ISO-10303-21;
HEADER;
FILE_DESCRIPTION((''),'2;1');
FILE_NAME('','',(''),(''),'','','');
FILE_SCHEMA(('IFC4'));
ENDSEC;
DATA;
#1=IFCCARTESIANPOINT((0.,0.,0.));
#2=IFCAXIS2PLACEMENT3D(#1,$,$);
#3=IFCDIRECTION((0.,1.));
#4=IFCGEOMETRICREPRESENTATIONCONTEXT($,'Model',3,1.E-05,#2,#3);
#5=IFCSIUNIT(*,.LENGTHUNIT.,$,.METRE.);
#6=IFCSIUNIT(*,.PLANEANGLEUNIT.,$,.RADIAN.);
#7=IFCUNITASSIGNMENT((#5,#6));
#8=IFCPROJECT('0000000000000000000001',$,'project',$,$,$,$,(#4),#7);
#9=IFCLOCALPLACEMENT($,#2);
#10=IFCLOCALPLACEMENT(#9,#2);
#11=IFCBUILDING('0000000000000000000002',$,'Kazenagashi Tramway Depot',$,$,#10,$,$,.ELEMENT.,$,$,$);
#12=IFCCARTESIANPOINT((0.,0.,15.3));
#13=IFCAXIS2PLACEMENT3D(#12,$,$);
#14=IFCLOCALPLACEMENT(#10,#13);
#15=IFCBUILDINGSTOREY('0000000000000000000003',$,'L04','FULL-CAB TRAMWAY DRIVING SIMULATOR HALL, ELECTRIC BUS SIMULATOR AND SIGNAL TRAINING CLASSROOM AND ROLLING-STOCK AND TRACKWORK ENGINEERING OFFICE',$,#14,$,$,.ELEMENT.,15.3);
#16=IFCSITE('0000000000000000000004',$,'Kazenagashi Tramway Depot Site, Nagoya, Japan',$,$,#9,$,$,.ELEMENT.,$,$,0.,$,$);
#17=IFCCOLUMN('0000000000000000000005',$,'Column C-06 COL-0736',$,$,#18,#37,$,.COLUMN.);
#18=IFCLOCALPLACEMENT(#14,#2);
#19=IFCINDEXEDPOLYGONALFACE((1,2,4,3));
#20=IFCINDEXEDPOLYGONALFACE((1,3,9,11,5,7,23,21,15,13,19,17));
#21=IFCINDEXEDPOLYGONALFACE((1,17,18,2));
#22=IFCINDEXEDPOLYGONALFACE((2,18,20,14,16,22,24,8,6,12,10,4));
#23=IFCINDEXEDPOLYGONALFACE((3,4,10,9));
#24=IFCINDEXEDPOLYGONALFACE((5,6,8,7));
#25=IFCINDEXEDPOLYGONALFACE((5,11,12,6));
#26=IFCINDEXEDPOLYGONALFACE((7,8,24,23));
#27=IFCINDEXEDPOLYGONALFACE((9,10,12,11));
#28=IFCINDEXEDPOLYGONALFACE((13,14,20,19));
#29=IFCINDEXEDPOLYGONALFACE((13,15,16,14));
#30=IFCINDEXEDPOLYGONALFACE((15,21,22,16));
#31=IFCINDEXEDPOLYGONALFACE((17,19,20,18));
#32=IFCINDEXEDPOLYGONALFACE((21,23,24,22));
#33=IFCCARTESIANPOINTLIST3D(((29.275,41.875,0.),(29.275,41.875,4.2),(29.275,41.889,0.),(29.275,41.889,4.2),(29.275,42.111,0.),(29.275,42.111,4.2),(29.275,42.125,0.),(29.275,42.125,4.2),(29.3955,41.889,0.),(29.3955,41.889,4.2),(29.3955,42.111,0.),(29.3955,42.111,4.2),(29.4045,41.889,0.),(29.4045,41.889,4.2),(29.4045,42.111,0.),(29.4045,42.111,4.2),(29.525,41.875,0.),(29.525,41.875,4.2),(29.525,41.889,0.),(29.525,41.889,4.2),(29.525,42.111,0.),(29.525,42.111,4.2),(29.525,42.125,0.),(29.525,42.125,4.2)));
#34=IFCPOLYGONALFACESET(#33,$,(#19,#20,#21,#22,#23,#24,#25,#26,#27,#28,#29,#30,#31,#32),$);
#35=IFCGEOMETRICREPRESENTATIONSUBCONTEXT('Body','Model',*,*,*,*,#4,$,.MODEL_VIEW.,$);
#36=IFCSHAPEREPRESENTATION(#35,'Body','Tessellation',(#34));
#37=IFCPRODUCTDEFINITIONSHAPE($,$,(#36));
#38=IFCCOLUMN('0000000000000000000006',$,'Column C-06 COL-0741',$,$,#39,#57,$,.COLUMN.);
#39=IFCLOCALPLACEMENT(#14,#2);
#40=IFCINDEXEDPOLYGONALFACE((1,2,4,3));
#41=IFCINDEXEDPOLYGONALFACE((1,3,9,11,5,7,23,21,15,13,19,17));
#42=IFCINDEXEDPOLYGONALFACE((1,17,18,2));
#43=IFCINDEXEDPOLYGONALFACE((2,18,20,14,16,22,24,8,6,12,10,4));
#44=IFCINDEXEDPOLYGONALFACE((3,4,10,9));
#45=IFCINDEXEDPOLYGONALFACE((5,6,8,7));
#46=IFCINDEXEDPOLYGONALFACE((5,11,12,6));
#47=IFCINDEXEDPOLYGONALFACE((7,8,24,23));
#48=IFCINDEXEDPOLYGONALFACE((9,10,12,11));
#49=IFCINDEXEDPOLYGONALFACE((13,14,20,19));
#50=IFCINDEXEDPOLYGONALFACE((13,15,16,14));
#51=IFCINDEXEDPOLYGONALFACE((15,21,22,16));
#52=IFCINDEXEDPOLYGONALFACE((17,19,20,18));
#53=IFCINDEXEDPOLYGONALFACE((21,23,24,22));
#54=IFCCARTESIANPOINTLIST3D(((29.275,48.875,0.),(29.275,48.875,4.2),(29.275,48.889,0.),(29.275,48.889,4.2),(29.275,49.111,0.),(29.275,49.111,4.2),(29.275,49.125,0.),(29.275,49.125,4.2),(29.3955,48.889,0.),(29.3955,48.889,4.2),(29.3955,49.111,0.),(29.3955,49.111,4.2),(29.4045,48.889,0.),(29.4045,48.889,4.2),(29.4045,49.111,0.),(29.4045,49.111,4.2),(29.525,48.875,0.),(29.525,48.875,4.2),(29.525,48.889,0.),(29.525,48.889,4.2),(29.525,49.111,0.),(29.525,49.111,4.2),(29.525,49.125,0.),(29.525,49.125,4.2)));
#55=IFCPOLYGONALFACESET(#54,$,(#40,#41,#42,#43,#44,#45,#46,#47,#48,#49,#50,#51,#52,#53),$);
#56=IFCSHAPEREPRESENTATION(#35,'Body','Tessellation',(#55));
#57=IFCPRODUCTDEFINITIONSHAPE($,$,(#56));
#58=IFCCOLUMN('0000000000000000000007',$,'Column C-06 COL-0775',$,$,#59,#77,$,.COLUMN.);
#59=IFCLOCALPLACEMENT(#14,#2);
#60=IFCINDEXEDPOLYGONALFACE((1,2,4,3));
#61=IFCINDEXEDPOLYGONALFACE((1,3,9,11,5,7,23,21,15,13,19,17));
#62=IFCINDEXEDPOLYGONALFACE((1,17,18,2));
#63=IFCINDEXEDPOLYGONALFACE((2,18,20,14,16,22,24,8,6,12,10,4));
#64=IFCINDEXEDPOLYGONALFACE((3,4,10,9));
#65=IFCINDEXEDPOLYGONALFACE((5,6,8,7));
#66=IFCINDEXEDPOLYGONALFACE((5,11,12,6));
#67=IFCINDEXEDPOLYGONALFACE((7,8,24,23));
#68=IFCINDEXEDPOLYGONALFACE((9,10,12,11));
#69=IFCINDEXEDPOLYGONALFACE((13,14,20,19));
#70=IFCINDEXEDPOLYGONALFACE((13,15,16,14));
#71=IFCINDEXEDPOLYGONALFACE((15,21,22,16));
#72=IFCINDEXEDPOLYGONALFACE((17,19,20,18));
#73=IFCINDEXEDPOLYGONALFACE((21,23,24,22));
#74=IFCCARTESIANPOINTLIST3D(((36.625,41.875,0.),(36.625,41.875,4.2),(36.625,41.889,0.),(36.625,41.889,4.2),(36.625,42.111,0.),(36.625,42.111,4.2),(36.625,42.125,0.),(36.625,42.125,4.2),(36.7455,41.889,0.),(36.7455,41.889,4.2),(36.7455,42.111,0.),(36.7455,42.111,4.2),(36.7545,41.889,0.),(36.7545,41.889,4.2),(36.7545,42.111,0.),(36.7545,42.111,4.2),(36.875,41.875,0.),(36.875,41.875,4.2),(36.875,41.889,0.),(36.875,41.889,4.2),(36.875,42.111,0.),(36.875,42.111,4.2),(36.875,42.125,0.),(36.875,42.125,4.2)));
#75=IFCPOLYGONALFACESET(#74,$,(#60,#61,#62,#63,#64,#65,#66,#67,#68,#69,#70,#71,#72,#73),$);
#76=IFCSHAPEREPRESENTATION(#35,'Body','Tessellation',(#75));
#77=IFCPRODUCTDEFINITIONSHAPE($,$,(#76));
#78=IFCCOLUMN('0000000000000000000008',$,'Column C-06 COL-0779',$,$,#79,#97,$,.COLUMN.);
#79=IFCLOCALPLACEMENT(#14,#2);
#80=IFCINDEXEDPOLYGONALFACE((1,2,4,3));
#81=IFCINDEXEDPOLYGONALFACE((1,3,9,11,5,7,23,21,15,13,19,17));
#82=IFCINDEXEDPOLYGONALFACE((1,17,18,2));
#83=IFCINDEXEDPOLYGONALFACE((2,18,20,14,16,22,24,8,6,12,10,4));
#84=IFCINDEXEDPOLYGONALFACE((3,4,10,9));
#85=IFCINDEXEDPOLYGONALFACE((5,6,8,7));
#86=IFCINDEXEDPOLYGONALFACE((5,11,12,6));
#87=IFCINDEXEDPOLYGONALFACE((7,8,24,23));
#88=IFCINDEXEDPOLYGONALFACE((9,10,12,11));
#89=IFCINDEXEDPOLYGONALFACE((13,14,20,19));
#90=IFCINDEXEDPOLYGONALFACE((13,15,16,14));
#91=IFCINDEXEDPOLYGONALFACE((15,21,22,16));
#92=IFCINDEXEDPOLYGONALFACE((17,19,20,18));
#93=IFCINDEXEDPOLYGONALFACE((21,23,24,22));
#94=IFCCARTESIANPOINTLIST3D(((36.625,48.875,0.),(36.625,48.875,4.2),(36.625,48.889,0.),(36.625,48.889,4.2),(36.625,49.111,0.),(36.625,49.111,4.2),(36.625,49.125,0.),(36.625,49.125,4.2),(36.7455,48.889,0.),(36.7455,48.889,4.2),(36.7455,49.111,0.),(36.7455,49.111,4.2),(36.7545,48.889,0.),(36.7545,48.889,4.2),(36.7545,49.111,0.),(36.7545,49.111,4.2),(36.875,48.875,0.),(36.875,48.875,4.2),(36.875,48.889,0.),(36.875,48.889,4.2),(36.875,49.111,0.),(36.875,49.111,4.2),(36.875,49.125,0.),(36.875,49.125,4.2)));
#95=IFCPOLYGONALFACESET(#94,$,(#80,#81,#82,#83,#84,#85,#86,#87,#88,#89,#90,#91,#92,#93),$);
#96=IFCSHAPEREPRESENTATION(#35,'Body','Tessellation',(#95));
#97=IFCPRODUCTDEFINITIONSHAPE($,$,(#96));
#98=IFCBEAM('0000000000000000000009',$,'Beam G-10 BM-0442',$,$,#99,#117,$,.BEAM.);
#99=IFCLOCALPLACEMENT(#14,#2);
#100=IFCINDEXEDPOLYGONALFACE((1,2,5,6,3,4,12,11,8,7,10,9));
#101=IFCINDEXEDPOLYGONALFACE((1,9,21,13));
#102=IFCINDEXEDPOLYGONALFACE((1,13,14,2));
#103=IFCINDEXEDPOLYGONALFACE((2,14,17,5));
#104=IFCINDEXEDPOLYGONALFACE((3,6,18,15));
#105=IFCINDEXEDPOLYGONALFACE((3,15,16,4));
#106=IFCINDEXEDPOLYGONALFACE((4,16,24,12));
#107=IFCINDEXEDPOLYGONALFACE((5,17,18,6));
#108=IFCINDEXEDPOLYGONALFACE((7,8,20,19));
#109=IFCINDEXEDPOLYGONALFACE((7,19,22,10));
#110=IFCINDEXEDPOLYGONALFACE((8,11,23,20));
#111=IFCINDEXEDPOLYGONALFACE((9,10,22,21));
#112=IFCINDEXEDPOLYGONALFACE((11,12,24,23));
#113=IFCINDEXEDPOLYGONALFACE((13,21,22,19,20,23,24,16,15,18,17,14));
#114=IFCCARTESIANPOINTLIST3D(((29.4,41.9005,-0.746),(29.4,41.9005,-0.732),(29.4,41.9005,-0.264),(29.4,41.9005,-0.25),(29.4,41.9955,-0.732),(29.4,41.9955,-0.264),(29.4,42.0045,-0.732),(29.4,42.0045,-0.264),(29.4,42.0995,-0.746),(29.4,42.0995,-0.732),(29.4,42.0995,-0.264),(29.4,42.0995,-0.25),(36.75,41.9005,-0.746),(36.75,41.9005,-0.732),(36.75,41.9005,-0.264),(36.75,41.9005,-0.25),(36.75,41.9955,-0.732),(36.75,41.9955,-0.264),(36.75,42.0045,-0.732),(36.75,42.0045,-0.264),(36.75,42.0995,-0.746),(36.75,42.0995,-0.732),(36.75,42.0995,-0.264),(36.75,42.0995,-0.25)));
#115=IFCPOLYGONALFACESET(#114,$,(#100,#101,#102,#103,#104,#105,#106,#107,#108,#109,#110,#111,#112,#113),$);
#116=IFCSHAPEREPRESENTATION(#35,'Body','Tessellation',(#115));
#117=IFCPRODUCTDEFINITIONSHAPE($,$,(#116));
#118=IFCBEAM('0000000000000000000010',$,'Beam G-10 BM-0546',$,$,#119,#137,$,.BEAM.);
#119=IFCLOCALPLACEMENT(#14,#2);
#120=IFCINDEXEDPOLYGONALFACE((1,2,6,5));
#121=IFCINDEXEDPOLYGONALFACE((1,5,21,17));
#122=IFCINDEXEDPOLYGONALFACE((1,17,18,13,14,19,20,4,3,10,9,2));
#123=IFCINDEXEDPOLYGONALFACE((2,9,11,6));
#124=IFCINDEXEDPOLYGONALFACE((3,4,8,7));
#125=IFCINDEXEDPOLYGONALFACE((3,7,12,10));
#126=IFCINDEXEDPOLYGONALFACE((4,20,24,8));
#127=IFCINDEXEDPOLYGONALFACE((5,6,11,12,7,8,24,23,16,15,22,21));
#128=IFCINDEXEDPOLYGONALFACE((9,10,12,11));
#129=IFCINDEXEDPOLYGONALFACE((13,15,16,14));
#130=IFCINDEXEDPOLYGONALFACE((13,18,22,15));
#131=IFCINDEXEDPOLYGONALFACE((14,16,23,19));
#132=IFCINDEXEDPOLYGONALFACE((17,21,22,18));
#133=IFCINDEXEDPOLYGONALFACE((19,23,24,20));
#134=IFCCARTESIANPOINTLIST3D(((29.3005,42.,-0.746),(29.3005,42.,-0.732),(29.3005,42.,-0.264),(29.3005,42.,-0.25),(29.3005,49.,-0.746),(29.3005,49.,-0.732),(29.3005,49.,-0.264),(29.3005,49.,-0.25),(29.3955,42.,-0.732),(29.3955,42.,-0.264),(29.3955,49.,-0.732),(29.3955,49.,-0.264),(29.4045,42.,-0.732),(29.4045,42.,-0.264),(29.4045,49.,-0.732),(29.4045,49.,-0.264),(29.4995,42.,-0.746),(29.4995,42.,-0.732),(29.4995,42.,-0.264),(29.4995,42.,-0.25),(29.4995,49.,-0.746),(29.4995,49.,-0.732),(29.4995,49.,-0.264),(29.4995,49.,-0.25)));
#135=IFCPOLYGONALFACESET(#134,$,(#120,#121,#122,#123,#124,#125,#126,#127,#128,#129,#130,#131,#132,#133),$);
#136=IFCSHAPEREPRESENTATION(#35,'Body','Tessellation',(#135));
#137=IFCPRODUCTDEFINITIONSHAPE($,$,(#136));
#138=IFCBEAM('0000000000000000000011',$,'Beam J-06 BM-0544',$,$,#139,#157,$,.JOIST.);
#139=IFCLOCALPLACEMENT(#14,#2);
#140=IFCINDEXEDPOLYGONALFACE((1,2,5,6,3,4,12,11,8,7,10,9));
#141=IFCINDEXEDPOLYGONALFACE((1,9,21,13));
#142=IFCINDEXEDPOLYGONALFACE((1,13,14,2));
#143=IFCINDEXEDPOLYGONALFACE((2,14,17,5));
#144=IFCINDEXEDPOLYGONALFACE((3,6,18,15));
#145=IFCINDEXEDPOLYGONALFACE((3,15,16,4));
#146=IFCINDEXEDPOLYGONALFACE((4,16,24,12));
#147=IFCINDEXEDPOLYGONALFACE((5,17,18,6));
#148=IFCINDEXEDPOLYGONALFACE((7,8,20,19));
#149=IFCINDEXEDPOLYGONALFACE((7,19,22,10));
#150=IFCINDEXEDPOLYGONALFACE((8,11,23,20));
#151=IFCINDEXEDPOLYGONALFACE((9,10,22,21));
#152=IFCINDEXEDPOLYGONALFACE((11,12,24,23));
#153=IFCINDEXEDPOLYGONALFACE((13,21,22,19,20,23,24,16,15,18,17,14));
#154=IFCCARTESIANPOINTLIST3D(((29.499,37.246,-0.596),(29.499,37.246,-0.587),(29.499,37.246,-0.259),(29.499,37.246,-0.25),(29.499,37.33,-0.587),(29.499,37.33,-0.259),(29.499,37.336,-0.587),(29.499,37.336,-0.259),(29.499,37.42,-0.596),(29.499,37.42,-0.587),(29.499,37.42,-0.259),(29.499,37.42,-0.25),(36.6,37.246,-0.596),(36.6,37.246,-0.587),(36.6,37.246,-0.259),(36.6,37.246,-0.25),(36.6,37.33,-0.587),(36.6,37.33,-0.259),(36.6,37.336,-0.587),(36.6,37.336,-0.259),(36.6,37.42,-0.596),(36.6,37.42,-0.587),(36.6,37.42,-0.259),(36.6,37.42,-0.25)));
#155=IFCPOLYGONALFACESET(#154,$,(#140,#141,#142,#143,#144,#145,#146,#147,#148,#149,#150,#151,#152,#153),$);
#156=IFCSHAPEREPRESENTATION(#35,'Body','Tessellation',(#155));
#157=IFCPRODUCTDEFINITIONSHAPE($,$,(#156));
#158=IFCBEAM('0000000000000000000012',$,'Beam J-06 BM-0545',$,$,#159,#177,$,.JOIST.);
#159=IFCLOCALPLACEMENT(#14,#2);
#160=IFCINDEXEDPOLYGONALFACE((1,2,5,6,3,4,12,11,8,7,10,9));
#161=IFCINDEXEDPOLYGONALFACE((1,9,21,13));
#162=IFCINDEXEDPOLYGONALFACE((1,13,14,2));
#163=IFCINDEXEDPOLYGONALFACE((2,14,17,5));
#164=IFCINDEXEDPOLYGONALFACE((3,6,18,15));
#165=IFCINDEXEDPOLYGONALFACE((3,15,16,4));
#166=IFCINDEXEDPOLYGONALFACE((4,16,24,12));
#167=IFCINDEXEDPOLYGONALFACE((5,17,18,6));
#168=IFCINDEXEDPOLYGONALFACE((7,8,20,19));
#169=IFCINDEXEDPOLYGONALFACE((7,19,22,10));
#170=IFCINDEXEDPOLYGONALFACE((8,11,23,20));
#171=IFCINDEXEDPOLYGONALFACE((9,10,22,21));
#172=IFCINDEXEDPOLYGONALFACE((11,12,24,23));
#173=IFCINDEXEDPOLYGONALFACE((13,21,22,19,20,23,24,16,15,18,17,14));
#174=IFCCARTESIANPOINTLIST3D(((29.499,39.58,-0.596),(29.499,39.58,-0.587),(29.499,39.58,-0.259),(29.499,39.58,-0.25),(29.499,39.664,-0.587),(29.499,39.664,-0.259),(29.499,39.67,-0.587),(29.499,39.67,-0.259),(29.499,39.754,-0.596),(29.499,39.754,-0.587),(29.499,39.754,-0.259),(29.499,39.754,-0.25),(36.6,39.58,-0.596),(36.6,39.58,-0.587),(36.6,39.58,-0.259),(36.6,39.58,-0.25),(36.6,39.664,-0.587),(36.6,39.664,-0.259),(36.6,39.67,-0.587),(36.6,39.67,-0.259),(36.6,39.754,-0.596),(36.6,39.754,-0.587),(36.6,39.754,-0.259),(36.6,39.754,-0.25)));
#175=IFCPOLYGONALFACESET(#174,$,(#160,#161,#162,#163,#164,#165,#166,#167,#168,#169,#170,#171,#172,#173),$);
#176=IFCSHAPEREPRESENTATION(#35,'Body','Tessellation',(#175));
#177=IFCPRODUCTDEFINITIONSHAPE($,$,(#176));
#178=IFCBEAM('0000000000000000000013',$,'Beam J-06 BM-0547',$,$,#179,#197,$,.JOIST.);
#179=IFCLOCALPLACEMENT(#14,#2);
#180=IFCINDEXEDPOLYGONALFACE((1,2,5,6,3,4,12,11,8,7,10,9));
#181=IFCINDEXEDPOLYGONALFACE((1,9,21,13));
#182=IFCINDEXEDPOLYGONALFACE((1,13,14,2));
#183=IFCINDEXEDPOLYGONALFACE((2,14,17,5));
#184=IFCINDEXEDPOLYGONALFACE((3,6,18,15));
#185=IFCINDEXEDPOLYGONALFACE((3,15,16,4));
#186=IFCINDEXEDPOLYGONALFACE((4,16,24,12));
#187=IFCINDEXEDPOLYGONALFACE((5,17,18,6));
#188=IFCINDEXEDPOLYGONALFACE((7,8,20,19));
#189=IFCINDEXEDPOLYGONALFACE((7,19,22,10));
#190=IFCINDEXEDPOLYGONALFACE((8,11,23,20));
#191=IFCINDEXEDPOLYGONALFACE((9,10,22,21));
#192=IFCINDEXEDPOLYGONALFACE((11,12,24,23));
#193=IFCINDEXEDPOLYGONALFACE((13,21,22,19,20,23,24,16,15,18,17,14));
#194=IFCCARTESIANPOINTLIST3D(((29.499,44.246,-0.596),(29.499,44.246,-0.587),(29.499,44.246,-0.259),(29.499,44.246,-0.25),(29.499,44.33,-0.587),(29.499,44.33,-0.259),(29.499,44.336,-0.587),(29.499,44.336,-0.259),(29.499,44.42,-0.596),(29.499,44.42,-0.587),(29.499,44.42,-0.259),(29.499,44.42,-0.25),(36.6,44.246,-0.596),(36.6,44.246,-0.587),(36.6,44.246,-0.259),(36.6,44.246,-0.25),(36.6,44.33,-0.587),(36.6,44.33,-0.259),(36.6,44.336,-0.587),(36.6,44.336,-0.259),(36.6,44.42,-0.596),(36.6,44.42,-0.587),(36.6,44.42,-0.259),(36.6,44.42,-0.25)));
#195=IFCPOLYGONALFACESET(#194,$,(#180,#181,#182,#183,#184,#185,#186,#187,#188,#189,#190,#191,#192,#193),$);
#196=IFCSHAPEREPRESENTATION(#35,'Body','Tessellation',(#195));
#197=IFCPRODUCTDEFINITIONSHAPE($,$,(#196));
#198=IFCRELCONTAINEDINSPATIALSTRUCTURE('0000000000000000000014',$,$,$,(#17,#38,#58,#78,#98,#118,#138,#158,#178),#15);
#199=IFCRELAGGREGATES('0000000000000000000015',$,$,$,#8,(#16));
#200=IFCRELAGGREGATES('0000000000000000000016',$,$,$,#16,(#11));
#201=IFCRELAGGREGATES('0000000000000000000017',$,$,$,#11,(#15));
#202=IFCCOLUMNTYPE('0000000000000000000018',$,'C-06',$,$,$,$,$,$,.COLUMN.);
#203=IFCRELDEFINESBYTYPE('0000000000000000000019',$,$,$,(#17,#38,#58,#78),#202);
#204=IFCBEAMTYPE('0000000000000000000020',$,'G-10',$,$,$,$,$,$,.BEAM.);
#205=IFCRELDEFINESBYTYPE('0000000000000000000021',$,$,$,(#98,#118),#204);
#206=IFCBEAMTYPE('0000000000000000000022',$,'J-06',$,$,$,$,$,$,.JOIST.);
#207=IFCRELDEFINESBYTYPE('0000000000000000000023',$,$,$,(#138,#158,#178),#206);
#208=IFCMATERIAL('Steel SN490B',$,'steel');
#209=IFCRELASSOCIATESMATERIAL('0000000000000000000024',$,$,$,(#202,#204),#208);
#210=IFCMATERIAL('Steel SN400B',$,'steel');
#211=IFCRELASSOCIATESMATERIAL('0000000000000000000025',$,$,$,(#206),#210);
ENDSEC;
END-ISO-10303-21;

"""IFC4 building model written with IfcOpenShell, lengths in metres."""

from ifc_helpers import new_model, si_unit, direction, frame, origin, origin_2d, place, context, subcontext, project, spatial, i_section, extrude, material, material_profile, profile_set, type_object, element, save


model = new_model("IFC4")

# Units and contexts
model_context = context("Model", 3, precision=1e-05, world=origin(), true_north=direction((0.0, 1.0)))
body_context = subcontext(model_context, "Body", "Model", "MODEL_VIEW")
ifc_project = project(units=[si_unit("LENGTHUNIT", "METRE"), si_unit("PLANEANGLEUNIT", "RADIAN")], contexts=[model_context])

# Site, building, storey
site_placement = place(None, origin())
site = spatial("IfcSite", under=ifc_project, at=site_placement, Name="Kazenagashi Tramway Depot Site, Nagoya, Japan", CompositionType="ELEMENT", RefElevation=0.0)
building_placement = place(site_placement, origin())
building = spatial("IfcBuilding", under=site, at=building_placement, Name="Kazenagashi Tramway Depot", CompositionType="ELEMENT")
storey_placement = place(building_placement, frame((0.0, 0.0, 15.3)))
storey = spatial("IfcBuildingStorey", under=building, at=storey_placement, Name="L04", Description="FULL-CAB TRAMWAY DRIVING SIMULATOR HALL, ELECTRIC BUS SIMULATOR AND SIGNAL TRAINING CLASSROOM AND ROLLING-STOCK AND TRACKWORK ENGINEERING OFFICE", CompositionType="ELEMENT", Elevation=15.3)

# Columns
ifc_material_1 = material(Name="Steel SN490B", Category="steel")
ifc_material_profile_1 = material_profile(ifc_material_1, i_section(OverallWidth=0.25, OverallDepth=0.25, WebThickness=0.009, FlangeThickness=0.014, at=origin_2d()), Name="H-250x250x9x14")
ifc_profile_set_1 = profile_set([ifc_material_profile_1], Name="Steel SN490B")
column_type = type_object("IfcColumnType", Name="C-06", PredefinedType="COLUMN", material=ifc_profile_set_1)
for number, where, z_axis, x_axis, name in (
    (1, (29.4, 42.0, 0.0), (0.0, 0.0, 1.0), (1.0, 0.0, 0.0), "Column C-06 COL-0736"),
    (2, (29.4, 49.0, 0.0), (0.0, 0.0, 1.0), (1.0, 0.0, 0.0), "Column C-06 COL-0741"),
    (3, (36.75, 42.0, 0.0), (0.0, 0.0, 1.0), (1.0, 0.0, 0.0), "Column C-06 COL-0775"),
    (4, (36.75, 49.0, 0.0), (0.0, 0.0, 1.0), (1.0, 0.0, 0.0), "Column C-06 COL-0779"),
):
    element("IfcColumn", number, at=place(storey_placement, frame(where, z_axis=z_axis, x_axis=x_axis)), inside=storey, type_object=column_type, Name=name, PredefinedType="COLUMN", context=body_context, shape_type="SweptSolid", body=[
        extrude(i_section(OverallWidth=0.25, OverallDepth=0.25, WebThickness=0.009, FlangeThickness=0.014, at=origin_2d()), origin(), (0.0, 0.0, 1.0), 4.2),
    ])

# Beams
ifc_material_profile_2 = material_profile(ifc_material_1, i_section(OverallWidth=0.199, OverallDepth=0.496, WebThickness=0.009, FlangeThickness=0.014, at=origin_2d()), Name="H-496x199x9x14")
ifc_profile_set_2 = profile_set([ifc_material_profile_2], Name="Steel SN490B")
beam_type_1 = type_object("IfcBeamType", Name="G-10", PredefinedType="BEAM", material=ifc_profile_set_2)
beam_1_placement = place(storey_placement, frame((29.4, 42.0, -0.498), z_axis=(1.0, 0.0, 0.0), x_axis=(0.0, 1.0, 0.0)))
element("IfcBeam", 5, at=beam_1_placement, inside=storey, type_object=beam_type_1, Name="Beam G-10 BM-0442", PredefinedType="BEAM", context=body_context, shape_type="SweptSolid", body=[
    extrude(i_section(OverallWidth=0.199, OverallDepth=0.496, WebThickness=0.009, FlangeThickness=0.014, at=origin_2d()), origin(), (0.0, 0.0, 1.0), 7.35),
])
beam_2_placement = place(storey_placement, frame((29.4, 42.0, -0.498), z_axis=(0.0, 1.0, 0.0), x_axis=(-1.0, 0.0, 0.0)))
element("IfcBeam", 6, at=beam_2_placement, inside=storey, type_object=beam_type_1, Name="Beam G-10 BM-0546", PredefinedType="BEAM", context=body_context, shape_type="SweptSolid", body=[
    extrude(i_section(OverallWidth=0.199, OverallDepth=0.496, WebThickness=0.009, FlangeThickness=0.014, at=origin_2d()), origin(), (0.0, 0.0, 1.0), 7.0),
])
ifc_material_2 = material(Name="Steel SN400B", Category="steel")
ifc_material_profile_3 = material_profile(ifc_material_2, i_section(OverallWidth=0.174, OverallDepth=0.346, WebThickness=0.006, FlangeThickness=0.009, at=origin_2d()), Name="H-346x174x6x9")
ifc_profile_set_3 = profile_set([ifc_material_profile_3], Name="Steel SN400B")
beam_type_2 = type_object("IfcBeamType", Name="J-06", PredefinedType="JOIST", material=ifc_profile_set_3)
for number, where, z_axis, x_axis, name in (
    (7, (29.499, 37.333, -0.423), (1.0, 0.0, 0.0), (0.0, 1.0, 0.0), "Beam J-06 BM-0544"),
    (8, (29.499, 39.667, -0.423), (1.0, 0.0, 0.0), (0.0, 1.0, 0.0), "Beam J-06 BM-0545"),
    (9, (29.499, 44.333, -0.423), (1.0, 0.0, 0.0), (0.0, 1.0, 0.0), "Beam J-06 BM-0547"),
):
    element("IfcBeam", number, at=place(storey_placement, frame(where, z_axis=z_axis, x_axis=x_axis)), inside=storey, type_object=beam_type_2, Name=name, PredefinedType="JOIST", context=body_context, shape_type="SweptSolid", body=[
        extrude(i_section(OverallWidth=0.174, OverallDepth=0.346, WebThickness=0.006, FlangeThickness=0.009, at=origin_2d()), origin(), (0.0, 0.0, 1.0), 7.101),
    ])

save(model, "model.ifc")
